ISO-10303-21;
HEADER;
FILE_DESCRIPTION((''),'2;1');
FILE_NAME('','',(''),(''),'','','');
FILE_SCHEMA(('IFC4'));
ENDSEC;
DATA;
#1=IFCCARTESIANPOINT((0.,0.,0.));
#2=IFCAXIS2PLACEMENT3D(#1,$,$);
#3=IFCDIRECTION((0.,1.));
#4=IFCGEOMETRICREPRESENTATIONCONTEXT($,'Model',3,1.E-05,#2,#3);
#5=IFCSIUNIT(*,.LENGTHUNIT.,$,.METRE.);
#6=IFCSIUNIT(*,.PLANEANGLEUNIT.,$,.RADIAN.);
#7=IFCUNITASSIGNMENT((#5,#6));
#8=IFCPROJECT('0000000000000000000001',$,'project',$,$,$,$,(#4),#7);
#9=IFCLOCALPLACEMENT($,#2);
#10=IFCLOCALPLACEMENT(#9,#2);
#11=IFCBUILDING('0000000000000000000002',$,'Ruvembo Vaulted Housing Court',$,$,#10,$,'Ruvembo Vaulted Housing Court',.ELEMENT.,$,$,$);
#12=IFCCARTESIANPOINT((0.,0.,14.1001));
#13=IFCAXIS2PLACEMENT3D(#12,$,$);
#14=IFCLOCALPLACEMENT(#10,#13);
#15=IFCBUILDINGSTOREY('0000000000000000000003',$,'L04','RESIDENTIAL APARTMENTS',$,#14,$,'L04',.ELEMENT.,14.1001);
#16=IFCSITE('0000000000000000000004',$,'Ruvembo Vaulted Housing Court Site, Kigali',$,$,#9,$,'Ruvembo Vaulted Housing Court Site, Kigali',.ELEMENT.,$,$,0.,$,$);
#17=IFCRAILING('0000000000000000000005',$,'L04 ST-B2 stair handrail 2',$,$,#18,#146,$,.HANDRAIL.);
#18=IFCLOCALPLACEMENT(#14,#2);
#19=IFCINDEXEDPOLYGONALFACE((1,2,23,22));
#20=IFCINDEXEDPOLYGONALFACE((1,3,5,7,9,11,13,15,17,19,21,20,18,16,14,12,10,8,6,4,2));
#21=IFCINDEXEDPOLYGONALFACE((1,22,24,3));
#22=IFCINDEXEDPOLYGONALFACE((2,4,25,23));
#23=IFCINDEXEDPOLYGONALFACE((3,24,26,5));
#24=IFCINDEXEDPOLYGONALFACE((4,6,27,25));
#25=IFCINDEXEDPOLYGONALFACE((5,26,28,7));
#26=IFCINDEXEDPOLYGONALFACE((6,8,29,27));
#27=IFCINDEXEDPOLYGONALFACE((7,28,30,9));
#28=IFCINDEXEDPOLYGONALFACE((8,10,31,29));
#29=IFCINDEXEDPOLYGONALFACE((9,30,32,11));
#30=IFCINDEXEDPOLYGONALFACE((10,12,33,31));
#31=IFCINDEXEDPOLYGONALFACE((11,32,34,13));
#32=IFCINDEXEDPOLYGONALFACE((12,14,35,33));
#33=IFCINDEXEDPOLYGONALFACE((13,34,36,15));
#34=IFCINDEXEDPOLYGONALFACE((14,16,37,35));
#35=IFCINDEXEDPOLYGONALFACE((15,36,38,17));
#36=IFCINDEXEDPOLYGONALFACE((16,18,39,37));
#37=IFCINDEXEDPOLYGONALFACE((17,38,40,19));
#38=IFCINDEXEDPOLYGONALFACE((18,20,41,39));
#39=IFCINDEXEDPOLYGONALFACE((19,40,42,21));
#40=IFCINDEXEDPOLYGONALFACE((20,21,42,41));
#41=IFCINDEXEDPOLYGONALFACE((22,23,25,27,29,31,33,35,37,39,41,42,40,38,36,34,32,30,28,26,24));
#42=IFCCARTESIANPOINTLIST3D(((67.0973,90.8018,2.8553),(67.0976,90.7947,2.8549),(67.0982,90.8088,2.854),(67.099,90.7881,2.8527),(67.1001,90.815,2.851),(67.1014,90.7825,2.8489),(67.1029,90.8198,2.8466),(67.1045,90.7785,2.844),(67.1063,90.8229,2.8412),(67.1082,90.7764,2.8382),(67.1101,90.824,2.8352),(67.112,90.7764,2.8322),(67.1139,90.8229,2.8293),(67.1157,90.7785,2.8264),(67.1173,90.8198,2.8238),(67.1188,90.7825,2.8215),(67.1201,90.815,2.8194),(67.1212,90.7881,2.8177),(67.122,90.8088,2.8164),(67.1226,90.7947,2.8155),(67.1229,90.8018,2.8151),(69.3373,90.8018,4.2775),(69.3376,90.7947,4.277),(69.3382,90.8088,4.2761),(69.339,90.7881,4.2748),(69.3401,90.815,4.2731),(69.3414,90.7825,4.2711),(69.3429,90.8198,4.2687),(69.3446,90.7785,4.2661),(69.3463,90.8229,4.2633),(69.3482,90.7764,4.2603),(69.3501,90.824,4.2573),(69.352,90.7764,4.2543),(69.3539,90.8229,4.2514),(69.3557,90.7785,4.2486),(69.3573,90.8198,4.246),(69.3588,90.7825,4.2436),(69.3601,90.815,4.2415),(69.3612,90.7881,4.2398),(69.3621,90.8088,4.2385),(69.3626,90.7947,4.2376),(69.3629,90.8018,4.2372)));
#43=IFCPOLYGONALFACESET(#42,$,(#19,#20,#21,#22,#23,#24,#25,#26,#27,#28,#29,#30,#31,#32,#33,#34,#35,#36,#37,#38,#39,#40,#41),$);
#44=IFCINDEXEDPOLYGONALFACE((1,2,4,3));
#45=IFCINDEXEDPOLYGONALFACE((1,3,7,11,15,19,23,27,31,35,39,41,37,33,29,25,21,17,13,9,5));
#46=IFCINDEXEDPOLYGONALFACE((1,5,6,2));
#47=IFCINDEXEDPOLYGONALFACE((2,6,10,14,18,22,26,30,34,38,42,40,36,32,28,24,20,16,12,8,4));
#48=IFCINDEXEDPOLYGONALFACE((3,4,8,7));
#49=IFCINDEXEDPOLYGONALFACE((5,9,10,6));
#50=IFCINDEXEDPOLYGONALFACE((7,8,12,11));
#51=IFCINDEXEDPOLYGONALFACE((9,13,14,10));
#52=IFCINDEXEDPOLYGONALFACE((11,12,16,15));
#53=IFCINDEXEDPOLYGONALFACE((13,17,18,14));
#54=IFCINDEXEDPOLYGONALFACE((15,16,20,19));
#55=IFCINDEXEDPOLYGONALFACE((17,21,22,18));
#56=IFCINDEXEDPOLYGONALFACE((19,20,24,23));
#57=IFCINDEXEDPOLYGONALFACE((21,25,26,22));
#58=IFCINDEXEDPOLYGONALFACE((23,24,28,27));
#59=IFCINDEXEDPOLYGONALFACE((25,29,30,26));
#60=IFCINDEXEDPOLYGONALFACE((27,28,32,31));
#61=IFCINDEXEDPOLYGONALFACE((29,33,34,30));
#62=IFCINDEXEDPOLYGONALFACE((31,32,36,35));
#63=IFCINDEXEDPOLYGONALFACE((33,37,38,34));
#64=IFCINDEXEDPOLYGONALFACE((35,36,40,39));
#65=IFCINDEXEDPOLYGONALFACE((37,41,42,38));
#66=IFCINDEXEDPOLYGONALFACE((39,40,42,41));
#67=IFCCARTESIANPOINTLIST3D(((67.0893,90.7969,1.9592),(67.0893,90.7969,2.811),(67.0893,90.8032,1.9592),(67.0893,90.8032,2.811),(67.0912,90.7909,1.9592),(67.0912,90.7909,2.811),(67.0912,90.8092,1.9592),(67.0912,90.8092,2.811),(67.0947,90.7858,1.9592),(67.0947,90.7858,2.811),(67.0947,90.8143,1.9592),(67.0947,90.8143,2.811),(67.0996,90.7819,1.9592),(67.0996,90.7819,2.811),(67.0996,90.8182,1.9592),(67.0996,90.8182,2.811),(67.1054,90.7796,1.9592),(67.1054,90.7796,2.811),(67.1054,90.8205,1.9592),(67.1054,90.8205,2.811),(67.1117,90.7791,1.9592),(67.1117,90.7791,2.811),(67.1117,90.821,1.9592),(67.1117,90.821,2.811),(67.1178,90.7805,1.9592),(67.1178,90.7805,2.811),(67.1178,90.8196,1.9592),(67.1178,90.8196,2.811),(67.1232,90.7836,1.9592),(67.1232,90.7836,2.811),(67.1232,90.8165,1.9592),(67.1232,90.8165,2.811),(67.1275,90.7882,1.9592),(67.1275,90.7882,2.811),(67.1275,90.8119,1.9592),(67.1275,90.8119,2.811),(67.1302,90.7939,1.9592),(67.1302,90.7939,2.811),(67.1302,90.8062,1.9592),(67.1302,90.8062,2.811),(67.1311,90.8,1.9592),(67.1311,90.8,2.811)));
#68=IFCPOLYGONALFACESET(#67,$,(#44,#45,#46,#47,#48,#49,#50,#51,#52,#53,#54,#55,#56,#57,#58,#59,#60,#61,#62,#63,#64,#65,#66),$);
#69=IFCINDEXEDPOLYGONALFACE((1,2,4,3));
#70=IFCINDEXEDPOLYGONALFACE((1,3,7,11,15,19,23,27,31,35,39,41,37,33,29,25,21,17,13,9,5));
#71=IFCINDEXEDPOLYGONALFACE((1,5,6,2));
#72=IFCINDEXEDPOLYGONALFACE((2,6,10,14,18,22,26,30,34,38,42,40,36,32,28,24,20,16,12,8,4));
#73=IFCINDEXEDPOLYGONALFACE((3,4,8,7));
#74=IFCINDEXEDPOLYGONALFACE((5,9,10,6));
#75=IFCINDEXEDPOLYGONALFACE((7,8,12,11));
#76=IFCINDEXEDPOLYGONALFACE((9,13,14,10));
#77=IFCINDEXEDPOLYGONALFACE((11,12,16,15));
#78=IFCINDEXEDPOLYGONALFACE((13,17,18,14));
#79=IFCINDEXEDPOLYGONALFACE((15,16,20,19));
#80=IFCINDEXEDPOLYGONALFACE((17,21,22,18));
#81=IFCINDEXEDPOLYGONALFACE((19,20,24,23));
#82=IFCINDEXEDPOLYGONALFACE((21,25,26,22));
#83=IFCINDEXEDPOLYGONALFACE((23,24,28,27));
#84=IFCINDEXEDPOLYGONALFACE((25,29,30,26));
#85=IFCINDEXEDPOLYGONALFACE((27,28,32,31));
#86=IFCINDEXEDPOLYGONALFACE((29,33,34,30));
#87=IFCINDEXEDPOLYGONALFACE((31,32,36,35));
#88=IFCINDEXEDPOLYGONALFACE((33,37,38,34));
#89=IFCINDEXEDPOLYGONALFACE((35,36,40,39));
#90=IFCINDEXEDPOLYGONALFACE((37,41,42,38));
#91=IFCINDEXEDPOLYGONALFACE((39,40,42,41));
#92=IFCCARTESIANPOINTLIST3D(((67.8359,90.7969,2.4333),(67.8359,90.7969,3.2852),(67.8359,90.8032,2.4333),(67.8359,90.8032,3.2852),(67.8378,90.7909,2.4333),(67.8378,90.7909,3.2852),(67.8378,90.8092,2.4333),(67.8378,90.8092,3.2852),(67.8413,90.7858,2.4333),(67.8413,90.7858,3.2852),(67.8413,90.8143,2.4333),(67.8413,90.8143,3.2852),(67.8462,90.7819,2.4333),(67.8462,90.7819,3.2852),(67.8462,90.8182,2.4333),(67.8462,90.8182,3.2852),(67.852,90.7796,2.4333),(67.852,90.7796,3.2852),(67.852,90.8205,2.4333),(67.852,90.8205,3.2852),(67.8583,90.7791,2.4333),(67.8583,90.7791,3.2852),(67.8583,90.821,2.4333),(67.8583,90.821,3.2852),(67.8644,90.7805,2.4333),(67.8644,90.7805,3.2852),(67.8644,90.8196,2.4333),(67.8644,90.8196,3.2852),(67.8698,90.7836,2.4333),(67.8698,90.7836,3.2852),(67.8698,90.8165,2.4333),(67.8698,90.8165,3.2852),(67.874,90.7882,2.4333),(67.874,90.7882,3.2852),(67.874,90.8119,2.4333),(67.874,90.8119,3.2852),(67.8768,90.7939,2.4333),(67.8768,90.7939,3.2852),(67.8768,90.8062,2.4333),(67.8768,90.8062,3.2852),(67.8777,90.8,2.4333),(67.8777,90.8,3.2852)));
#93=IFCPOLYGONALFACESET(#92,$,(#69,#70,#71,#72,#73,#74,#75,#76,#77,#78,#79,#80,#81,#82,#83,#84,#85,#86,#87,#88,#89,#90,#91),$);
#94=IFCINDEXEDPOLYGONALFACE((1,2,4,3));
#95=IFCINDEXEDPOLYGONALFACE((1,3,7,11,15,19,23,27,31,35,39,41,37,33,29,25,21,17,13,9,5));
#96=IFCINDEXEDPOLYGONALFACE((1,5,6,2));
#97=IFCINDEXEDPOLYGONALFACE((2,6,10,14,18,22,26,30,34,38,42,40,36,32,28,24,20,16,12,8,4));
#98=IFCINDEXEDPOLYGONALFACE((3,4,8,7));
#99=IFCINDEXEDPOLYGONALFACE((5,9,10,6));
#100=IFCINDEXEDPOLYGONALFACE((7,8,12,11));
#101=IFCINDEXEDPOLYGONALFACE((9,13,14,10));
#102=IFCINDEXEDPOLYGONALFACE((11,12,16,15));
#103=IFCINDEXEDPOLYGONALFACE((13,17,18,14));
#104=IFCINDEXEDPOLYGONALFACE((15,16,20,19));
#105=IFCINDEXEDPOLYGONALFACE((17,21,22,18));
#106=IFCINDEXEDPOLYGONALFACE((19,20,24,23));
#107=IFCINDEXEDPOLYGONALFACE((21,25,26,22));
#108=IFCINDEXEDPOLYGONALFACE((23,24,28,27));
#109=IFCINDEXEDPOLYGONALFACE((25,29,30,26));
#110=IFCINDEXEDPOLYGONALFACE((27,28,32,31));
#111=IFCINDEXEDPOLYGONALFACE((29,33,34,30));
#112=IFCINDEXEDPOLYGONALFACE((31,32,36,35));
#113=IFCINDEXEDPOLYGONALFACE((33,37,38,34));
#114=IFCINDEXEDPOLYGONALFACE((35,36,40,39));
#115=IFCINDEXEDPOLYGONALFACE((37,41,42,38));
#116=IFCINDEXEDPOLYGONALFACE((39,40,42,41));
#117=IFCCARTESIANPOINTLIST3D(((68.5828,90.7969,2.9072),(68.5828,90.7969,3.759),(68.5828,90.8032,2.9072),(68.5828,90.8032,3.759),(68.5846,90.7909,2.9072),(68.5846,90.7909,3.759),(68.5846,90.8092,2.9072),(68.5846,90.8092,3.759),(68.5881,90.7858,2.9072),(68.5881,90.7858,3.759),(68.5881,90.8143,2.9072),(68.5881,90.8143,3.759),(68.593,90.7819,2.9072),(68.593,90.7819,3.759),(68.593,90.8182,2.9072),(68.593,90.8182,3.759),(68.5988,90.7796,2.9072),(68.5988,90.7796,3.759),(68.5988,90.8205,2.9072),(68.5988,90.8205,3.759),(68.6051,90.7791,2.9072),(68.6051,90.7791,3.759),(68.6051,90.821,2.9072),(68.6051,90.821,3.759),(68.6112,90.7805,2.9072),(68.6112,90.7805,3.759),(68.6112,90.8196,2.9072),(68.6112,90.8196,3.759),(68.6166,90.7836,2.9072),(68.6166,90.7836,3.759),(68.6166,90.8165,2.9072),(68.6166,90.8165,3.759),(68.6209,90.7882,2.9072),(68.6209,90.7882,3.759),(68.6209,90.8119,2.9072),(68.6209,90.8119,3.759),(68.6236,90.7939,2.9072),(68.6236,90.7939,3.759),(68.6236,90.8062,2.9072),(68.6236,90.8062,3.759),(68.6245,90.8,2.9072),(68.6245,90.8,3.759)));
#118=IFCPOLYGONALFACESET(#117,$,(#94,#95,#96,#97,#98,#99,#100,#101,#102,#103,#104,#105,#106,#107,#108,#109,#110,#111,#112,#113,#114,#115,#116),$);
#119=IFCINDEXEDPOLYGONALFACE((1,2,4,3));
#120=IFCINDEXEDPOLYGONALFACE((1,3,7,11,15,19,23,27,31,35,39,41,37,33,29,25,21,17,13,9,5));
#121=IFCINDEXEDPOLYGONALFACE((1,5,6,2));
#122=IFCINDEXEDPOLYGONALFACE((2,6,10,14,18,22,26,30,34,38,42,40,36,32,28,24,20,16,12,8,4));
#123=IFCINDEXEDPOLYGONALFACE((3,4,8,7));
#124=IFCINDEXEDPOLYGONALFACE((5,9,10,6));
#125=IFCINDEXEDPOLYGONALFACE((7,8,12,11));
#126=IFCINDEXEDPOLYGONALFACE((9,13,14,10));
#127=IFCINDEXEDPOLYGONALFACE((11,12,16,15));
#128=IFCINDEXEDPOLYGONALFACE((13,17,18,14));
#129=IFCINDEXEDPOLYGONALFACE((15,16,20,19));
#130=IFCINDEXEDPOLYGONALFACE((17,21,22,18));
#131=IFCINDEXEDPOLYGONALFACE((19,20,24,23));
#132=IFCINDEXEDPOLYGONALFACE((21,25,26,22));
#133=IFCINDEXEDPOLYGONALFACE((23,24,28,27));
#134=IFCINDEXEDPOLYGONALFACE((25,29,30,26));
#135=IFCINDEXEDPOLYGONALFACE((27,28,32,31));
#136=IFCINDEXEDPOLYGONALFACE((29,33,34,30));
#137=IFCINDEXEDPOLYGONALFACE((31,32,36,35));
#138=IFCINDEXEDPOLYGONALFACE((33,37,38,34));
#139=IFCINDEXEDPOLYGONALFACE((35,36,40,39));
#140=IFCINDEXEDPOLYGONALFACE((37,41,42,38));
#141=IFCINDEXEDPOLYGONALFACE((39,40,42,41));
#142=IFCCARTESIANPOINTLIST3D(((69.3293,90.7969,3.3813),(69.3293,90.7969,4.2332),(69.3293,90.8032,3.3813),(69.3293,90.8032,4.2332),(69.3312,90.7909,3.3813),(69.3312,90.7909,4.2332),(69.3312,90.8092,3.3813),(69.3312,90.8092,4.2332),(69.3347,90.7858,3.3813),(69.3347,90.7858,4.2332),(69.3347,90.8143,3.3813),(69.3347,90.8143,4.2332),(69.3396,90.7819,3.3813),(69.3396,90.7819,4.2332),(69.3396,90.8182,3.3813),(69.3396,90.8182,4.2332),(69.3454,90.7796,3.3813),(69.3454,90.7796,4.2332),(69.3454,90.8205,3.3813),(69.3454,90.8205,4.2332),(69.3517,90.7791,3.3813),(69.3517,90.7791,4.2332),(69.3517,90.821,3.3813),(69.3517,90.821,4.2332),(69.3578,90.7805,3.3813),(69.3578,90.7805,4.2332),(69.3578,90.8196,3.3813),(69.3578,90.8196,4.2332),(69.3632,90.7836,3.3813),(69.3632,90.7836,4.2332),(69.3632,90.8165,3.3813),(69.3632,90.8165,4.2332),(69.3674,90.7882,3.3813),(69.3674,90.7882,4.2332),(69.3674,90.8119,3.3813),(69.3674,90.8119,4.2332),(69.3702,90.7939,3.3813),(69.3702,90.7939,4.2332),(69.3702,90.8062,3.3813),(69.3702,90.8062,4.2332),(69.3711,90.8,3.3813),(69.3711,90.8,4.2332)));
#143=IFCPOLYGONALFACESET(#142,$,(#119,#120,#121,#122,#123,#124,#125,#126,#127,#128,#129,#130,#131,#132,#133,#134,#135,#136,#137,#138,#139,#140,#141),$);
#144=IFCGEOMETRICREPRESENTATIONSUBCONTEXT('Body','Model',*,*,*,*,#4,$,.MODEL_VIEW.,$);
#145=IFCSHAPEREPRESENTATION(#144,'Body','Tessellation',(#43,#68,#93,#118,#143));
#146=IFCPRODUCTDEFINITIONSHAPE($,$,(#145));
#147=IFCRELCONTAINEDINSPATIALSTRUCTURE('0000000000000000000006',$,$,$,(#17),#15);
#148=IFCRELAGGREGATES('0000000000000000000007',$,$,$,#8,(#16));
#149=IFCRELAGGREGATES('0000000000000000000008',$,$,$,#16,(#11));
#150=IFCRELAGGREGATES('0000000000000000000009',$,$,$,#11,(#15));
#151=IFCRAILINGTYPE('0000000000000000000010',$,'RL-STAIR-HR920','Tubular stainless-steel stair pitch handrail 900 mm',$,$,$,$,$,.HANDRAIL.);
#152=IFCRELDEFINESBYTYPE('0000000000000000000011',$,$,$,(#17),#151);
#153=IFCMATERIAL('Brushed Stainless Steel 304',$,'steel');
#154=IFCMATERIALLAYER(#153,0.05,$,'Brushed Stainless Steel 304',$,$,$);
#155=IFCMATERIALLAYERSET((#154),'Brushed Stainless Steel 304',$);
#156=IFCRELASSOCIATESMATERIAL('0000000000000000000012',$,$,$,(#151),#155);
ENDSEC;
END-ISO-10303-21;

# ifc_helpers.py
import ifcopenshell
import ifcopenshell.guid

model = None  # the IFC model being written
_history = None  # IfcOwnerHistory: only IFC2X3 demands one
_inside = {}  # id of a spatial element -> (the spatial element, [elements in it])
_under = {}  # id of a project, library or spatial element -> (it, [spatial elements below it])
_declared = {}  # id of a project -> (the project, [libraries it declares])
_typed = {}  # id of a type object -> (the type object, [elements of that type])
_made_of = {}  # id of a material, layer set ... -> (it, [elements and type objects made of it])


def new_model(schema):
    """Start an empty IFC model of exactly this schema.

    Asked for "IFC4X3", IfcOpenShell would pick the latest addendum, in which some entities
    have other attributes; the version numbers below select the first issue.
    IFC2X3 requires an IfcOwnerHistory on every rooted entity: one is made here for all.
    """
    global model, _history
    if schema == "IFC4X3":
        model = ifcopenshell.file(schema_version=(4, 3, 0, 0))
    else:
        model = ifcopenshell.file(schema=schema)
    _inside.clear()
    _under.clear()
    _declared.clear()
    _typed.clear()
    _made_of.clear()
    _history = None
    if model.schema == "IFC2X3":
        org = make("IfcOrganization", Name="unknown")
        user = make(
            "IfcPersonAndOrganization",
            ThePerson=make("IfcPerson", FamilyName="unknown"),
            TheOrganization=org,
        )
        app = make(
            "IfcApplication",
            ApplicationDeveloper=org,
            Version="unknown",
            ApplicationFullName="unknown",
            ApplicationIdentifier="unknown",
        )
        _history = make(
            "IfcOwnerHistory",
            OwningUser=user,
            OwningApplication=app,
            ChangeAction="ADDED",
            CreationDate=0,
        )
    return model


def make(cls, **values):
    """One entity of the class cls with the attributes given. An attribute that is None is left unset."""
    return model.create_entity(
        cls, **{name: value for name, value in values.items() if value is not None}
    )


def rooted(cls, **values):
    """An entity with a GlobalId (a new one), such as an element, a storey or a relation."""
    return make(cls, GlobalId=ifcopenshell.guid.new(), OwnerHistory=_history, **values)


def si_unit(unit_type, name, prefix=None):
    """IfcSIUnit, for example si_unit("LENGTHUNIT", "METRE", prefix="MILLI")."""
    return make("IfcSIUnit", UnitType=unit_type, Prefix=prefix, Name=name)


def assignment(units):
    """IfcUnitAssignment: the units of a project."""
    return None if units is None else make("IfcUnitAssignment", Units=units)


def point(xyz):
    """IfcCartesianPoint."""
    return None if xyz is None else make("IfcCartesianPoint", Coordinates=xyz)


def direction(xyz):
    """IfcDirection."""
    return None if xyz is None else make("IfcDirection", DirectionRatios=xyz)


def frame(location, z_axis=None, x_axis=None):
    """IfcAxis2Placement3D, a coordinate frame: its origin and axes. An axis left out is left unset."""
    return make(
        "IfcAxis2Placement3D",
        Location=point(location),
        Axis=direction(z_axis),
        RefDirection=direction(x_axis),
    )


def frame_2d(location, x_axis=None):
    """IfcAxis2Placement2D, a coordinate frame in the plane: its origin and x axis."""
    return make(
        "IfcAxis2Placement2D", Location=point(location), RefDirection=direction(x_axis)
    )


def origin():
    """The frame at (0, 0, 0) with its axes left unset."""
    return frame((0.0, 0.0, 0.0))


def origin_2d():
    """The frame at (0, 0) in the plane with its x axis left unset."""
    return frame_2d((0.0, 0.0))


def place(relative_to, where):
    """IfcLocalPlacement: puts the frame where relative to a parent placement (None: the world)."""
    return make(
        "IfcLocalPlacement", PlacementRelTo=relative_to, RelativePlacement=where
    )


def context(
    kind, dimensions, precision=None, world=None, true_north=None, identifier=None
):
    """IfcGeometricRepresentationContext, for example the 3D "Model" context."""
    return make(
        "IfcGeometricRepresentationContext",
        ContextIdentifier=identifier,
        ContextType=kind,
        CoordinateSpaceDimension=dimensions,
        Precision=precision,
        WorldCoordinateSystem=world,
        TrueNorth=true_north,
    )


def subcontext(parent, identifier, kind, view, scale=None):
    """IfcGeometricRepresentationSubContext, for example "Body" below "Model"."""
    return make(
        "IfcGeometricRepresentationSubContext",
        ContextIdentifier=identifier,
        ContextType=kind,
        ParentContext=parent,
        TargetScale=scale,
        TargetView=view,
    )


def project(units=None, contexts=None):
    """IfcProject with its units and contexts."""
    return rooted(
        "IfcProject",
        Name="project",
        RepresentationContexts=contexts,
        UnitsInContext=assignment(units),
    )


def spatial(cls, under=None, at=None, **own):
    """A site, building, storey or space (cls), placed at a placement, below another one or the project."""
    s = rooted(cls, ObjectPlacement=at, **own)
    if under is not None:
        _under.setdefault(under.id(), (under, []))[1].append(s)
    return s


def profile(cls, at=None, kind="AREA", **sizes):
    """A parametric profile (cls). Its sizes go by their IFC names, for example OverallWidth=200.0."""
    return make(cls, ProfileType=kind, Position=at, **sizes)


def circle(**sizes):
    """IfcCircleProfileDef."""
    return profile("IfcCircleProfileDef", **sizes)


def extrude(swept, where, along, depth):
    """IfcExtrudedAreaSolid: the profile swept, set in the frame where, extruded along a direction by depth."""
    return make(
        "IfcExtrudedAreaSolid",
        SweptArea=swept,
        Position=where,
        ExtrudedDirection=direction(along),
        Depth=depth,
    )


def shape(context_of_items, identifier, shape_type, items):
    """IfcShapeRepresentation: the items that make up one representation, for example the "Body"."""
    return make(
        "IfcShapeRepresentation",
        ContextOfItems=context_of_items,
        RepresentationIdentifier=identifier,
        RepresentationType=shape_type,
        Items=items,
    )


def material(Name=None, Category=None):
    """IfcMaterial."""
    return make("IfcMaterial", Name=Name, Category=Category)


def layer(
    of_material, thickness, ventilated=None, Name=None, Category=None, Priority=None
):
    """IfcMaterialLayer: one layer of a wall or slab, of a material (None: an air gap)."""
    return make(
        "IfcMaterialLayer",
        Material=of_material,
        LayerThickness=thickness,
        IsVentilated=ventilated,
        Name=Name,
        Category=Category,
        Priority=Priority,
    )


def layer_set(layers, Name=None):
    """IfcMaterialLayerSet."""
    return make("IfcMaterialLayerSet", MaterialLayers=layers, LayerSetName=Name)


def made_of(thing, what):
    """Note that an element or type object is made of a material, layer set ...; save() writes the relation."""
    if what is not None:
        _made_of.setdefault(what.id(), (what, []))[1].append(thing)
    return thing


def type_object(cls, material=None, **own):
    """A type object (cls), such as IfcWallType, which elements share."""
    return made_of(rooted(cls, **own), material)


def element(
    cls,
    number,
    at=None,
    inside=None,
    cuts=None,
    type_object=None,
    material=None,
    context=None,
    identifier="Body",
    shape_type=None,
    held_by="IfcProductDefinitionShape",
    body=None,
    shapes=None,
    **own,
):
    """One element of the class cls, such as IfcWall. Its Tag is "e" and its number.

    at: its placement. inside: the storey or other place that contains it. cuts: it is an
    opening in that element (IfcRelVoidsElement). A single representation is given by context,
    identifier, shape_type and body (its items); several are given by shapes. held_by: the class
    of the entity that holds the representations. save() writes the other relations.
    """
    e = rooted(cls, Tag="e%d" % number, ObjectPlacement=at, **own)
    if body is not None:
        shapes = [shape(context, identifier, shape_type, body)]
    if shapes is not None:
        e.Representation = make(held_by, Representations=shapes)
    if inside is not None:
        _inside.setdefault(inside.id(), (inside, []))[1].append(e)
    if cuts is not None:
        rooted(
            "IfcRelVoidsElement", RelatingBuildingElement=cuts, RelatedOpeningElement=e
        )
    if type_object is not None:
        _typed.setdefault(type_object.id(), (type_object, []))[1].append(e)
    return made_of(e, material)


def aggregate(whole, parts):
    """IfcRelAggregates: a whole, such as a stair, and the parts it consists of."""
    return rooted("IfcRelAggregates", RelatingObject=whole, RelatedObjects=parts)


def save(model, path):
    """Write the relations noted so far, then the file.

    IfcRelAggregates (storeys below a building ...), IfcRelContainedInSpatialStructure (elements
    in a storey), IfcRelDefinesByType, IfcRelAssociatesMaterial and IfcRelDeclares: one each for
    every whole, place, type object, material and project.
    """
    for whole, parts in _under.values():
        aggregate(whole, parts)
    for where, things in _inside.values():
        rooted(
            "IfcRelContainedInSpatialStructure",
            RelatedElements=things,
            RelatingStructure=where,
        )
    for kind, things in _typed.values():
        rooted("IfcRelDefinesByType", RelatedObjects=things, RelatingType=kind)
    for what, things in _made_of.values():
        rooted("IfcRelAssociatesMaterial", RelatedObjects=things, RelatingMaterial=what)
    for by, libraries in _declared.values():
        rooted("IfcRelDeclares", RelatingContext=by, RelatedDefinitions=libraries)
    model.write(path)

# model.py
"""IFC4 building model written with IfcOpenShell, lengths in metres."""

from ifc_helpers import new_model, si_unit, direction, frame, origin, origin_2d, place, context, subcontext, project, spatial, circle, extrude, material, layer, layer_set, type_object, element, save


model = new_model("IFC4")

# Units and contexts
model_context = context("Model", 3, precision=1e-05, world=origin(), true_north=direction((0.0, 1.0)))
body_context = subcontext(model_context, "Body", "Model", "MODEL_VIEW")
ifc_project = project(units=[si_unit("LENGTHUNIT", "METRE"), si_unit("PLANEANGLEUNIT", "RADIAN")], contexts=[model_context])

# Site, building, storey
site_placement = place(None, origin())
site = spatial("IfcSite", under=ifc_project, at=site_placement, Name="Ruvembo Vaulted Housing Court Site, Kigali", LongName="Ruvembo Vaulted Housing Court Site, Kigali", CompositionType="ELEMENT", RefElevation=0.0)
building_placement = place(site_placement, origin())
building = spatial("IfcBuilding", under=site, at=building_placement, Name="Ruvembo Vaulted Housing Court", LongName="Ruvembo Vaulted Housing Court", CompositionType="ELEMENT")
storey_placement = place(building_placement, frame((0.0, 0.0, 14.1001)))
storey = spatial("IfcBuildingStorey", under=building, at=storey_placement, Name="L04", Description="RESIDENTIAL APARTMENTS", LongName="L04", CompositionType="ELEMENT", Elevation=14.1001)

# Railing
ifc_material_1 = material(Name="Brushed Stainless Steel 304", Category="steel")
ifc_layer_1 = layer(ifc_material_1, 0.05, Name="Brushed Stainless Steel 304")
ifc_layer_set_1 = layer_set([ifc_layer_1], Name="Brushed Stainless Steel 304")
railing_type_1 = type_object("IfcRailingType", Name="RL-STAIR-HR920", Description="Tubular stainless-steel stair pitch handrail 900 mm", PredefinedType="HANDRAIL", material=ifc_layer_set_1)
railing_1_placement = place(storey_placement, frame((67.1101, 90.8, 1.9592)))
element("IfcRailing", 1, at=railing_1_placement, inside=storey, type_object=railing_type_1, Name="L04 ST-B2 stair handrail 2", PredefinedType="HANDRAIL", context=body_context, shape_type="SweptSolid", body=[
    extrude(circle(Radius=0.0239, at=origin_2d()), frame((0.0, 0.0, 0.876), z_axis=(0.844229, 0.0, 0.535982), x_axis=(0.0, 1.0, 0.0)), (0.0, 0.0, 1.0), 2.6533),
    extrude(circle(Radius=0.021, at=origin_2d()), origin(), (0.0, 0.0, 1.0), 0.8518),
    extrude(circle(Radius=0.021, at=origin_2d()), frame((0.7466, 0.0, 0.4741)), (0.0, 0.0, 1.0), 0.8518),
    extrude(circle(Radius=0.021, at=origin_2d()), frame((1.4934, 0.0, 0.948)), (0.0, 0.0, 1.0), 0.8518),
    extrude(circle(Radius=0.021, at=origin_2d()), frame((2.24, 0.0, 1.4221)), (0.0, 0.0, 1.0), 0.8518),
])

save(model, "model.ifc")
